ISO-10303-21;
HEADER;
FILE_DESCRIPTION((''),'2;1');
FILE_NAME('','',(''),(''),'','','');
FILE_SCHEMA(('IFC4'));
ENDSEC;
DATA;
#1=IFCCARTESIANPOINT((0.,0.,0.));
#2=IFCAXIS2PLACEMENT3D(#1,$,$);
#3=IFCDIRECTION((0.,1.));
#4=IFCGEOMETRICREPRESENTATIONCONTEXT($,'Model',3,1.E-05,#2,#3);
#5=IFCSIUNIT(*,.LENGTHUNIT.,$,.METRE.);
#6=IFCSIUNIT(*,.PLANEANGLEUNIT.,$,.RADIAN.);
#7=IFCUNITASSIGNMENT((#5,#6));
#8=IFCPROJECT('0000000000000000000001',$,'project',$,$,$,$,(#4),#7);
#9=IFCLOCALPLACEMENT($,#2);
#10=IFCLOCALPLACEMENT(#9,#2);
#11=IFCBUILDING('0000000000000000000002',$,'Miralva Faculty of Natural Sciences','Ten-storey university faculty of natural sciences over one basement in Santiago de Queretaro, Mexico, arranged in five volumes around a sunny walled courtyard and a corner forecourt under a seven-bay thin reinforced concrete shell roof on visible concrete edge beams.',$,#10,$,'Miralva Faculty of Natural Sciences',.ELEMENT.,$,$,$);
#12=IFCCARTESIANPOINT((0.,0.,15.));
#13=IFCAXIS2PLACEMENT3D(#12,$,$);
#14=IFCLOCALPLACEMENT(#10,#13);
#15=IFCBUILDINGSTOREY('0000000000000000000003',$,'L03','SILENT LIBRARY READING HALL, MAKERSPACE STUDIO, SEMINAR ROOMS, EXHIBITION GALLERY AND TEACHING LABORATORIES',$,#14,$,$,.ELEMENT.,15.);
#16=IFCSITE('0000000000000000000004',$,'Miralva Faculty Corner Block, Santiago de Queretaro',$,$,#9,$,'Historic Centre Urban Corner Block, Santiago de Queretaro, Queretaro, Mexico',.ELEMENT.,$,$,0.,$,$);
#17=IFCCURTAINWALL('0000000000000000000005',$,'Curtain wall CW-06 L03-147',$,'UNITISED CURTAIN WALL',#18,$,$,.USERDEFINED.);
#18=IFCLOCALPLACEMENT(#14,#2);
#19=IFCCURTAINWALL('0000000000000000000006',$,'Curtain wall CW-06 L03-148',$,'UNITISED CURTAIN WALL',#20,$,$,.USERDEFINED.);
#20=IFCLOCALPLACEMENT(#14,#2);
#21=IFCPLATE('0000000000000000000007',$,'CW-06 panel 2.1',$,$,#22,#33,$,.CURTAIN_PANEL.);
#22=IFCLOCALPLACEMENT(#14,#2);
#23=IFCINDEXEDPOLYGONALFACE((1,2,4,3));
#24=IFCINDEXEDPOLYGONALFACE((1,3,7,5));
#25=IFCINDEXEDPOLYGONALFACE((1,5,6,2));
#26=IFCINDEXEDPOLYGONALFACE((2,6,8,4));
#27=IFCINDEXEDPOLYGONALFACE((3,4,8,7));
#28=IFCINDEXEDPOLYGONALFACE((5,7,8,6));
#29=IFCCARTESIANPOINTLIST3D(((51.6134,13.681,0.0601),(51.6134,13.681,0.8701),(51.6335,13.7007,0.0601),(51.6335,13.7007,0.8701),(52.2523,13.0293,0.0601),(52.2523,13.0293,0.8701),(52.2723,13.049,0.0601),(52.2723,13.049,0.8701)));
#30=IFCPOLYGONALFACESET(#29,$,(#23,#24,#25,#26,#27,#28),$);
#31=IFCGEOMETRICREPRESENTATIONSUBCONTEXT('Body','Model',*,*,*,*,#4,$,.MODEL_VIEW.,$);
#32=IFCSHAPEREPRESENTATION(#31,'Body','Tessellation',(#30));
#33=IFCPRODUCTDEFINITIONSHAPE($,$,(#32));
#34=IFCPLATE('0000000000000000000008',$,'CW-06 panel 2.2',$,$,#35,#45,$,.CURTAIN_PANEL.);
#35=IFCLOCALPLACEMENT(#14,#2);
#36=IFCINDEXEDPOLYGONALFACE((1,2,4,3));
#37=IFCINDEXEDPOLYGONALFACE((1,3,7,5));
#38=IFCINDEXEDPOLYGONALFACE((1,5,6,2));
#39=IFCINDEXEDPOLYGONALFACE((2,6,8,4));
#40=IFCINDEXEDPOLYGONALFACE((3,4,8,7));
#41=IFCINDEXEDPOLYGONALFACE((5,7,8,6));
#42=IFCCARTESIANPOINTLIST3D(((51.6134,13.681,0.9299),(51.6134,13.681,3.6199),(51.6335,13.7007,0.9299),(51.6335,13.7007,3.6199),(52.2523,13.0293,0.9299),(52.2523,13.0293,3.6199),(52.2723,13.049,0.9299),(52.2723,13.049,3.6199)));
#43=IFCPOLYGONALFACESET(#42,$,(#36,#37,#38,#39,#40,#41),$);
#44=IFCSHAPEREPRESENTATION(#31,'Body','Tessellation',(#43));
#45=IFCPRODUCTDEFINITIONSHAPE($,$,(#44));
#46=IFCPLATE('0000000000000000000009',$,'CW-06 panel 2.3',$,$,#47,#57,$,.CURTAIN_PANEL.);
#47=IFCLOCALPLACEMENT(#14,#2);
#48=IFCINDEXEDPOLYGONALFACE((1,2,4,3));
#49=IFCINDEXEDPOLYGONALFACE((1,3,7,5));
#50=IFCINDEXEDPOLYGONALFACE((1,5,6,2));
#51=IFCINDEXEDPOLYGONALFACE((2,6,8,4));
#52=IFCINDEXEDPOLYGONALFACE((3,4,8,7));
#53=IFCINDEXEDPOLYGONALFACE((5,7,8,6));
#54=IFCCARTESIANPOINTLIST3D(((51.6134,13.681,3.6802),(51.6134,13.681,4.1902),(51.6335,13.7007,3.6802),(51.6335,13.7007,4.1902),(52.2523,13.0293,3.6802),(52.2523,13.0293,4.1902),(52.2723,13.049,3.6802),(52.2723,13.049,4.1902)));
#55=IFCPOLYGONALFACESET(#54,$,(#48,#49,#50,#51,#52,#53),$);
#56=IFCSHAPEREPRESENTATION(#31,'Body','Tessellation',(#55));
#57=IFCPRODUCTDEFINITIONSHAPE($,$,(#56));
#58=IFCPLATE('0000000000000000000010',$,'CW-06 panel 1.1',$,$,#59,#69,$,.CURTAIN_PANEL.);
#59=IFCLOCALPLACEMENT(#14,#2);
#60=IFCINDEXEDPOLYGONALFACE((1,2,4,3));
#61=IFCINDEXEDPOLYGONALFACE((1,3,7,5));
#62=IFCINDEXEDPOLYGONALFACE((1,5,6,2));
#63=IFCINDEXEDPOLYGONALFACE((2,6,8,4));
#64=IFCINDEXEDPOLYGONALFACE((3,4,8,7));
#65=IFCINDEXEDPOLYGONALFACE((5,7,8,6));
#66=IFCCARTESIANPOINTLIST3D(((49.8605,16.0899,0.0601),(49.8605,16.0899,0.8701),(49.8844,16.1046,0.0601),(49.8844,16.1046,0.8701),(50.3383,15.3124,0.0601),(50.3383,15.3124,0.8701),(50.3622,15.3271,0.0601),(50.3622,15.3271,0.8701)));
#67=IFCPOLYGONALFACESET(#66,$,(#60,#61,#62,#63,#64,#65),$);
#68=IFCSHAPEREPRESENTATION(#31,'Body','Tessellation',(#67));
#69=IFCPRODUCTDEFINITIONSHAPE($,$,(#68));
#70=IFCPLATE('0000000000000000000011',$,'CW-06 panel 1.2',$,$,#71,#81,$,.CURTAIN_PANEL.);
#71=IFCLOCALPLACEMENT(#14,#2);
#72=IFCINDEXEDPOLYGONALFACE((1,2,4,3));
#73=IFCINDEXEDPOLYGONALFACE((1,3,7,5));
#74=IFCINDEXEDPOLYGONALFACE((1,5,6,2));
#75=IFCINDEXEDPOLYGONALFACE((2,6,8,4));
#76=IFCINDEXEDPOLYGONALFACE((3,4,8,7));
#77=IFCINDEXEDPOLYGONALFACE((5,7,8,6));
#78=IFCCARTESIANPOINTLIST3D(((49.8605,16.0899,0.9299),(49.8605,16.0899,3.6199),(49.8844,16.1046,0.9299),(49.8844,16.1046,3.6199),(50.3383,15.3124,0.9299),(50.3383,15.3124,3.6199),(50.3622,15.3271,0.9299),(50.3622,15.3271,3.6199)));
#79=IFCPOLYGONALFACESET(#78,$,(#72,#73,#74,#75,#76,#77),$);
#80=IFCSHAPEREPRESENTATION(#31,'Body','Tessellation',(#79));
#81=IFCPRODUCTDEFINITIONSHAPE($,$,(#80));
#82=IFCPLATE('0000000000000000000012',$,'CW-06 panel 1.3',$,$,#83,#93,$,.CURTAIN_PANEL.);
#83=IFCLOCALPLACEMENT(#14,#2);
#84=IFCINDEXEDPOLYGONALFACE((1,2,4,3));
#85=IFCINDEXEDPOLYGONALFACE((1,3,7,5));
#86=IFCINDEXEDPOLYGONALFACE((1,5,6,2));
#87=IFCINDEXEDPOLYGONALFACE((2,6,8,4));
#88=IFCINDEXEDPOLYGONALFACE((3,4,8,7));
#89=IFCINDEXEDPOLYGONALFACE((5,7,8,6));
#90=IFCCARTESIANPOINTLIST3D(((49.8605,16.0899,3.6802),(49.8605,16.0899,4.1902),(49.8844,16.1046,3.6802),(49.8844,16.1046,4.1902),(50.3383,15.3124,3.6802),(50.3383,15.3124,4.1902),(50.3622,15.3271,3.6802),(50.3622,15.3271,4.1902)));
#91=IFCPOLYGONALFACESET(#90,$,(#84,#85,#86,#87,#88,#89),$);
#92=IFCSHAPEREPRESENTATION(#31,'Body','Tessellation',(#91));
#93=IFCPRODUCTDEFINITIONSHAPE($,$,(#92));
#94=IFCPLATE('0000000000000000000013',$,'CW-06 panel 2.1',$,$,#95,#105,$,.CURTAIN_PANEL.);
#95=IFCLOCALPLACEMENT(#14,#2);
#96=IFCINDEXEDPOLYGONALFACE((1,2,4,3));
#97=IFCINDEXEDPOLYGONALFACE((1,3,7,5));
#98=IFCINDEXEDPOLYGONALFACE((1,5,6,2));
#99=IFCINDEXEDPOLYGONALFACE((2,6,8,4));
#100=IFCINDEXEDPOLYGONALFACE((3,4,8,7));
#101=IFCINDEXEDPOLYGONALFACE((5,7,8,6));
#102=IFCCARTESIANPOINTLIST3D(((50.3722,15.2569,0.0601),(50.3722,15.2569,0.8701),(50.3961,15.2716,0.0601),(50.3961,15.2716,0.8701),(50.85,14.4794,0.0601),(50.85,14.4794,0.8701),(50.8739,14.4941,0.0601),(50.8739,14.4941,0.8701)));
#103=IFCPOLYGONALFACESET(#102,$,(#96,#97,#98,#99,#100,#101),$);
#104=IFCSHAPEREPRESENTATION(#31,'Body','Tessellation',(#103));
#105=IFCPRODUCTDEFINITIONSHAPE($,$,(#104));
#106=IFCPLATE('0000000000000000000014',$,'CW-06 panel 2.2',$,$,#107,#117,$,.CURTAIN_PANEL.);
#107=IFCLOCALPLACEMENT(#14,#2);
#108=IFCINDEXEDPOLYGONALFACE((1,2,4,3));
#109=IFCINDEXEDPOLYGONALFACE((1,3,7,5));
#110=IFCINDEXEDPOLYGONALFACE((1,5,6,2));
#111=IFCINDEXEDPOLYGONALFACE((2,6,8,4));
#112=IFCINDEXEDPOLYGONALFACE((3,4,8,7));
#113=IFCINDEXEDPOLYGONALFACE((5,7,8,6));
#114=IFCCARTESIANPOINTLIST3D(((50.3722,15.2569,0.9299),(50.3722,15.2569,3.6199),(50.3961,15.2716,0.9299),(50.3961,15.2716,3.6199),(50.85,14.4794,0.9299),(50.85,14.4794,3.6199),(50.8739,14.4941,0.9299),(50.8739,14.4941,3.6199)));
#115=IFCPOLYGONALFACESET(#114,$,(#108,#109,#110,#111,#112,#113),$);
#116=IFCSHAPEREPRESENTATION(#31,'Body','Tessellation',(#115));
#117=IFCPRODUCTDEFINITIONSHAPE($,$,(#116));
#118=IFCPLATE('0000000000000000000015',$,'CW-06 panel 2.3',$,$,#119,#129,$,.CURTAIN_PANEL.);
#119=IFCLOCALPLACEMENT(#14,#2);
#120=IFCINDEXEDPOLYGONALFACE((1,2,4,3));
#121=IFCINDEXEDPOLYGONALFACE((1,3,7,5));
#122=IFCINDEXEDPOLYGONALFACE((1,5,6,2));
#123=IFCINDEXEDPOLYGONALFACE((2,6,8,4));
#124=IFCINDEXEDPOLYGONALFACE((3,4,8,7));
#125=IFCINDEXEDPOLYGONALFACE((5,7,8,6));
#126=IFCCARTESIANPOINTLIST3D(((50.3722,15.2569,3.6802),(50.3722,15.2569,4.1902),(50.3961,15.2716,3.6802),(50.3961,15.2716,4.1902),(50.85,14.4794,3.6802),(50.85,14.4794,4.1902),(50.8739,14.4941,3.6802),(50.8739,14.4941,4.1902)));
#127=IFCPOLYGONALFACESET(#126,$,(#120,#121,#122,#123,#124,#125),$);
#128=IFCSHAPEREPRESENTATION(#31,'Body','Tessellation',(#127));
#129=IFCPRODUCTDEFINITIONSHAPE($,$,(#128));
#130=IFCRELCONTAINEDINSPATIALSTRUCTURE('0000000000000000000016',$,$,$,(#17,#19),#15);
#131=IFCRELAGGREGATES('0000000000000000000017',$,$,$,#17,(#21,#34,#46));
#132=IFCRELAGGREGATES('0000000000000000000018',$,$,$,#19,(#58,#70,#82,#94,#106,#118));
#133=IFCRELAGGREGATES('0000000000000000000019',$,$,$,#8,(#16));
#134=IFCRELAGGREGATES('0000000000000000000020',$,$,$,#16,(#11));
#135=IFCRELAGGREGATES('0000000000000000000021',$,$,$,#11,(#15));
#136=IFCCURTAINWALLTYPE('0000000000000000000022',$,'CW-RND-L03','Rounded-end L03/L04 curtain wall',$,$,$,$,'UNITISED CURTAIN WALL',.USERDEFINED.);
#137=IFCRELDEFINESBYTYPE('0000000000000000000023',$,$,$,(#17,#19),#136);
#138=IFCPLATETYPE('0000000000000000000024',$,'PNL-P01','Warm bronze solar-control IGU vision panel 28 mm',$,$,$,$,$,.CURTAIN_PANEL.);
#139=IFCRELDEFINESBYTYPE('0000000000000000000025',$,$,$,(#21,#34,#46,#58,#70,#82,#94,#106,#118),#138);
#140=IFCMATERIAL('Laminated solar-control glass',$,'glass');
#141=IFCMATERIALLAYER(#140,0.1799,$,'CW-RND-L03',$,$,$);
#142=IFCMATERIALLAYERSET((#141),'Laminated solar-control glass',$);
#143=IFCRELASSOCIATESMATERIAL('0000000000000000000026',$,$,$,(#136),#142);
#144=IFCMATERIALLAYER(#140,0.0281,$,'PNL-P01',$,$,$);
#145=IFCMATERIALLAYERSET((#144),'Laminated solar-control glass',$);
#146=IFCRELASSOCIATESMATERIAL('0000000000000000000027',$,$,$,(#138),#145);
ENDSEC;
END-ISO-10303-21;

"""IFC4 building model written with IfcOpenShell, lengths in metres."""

from ifc_helpers import new_model, si_unit, direction, frame, origin, origin_2d, place, context, subcontext, project, spatial, rectangle, extrude, material, layer, layer_set, type_object, element, aggregate, save


model = new_model("IFC4")

# Units and contexts
model_context = context("Model", 3, precision=1e-05, world=origin(), true_north=direction((0.0, 1.0)))
body_context = subcontext(model_context, "Body", "Model", "MODEL_VIEW")
ifc_project = project(units=[si_unit("LENGTHUNIT", "METRE"), si_unit("PLANEANGLEUNIT", "RADIAN")], contexts=[model_context])

# Site, building, storey
site_placement = place(None, origin())
site = spatial("IfcSite", under=ifc_project, at=site_placement, Name="Miralva Faculty Corner Block, Santiago de Queretaro", LongName="Historic Centre Urban Corner Block, Santiago de Queretaro, Queretaro, Mexico", CompositionType="ELEMENT", RefElevation=0.0)
building_placement = place(site_placement, origin())
building = spatial("IfcBuilding", under=site, at=building_placement, Name="Miralva Faculty of Natural Sciences", Description="Ten-storey university faculty of natural sciences over one basement in Santiago de Queretaro, Mexico, arranged in five volumes around a sunny walled courtyard and a corner forecourt under a seven-bay thin reinforced concrete shell roof on visible concrete edge beams.", LongName="Miralva Faculty of Natural Sciences", CompositionType="ELEMENT")
storey_placement = place(building_placement, frame((0.0, 0.0, 15.0)))
storey = spatial("IfcBuildingStorey", under=building, at=storey_placement, Name="L03", Description="SILENT LIBRARY READING HALL, MAKERSPACE STUDIO, SEMINAR ROOMS, EXHIBITION GALLERY AND TEACHING LABORATORIES", CompositionType="ELEMENT", Elevation=15.0)

# Shared definitions
ifc_material_1 = material(Name="Laminated solar-control glass", Category="glass")
ifc_layer_1 = layer(ifc_material_1, 0.1799, Name="CW-RND-L03")
ifc_layer_set_1 = layer_set([ifc_layer_1], Name="Laminated solar-control glass")
curtain_wall_type = type_object("IfcCurtainWallType", Name="CW-RND-L03", Description="Rounded-end L03/L04 curtain wall", ElementType="UNITISED CURTAIN WALL", PredefinedType="USERDEFINED", material=ifc_layer_set_1)

# Curtain walls
curtain_wall_1_placement = place(storey_placement, origin())
curtain_wall_1 = element("IfcCurtainWall", 1, at=curtain_wall_1_placement, inside=storey, type_object=curtain_wall_type, Name="Curtain wall CW-06 L03-147", ObjectType="UNITISED CURTAIN WALL", PredefinedType="USERDEFINED")
curtain_wall_2_placement = place(storey_placement, origin())
curtain_wall_2 = element("IfcCurtainWall", 2, at=curtain_wall_2_placement, inside=storey, type_object=curtain_wall_type, Name="Curtain wall CW-06 L03-148", ObjectType="UNITISED CURTAIN WALL", PredefinedType="USERDEFINED")

# Plates
ifc_layer_2 = layer(ifc_material_1, 0.0281, Name="PNL-P01")
ifc_layer_set_2 = layer_set([ifc_layer_2], Name="Laminated solar-control glass")
plate_type = type_object("IfcPlateType", Name="PNL-P01", Description="Warm bronze solar-control IGU vision panel 28 mm", PredefinedType="CURTAIN_PANEL", material=ifc_layer_set_2)
plate_1_placement = place(storey_placement, frame((51.9429, 13.365, 0.0601), z_axis=(0.0, 0.0, 1.0), x_axis=(0.700018, -0.714125, 0.0)))
plate_1 = element("IfcPlate", 3, at=plate_1_placement, type_object=plate_type, Name="CW-06 panel 2.1", PredefinedType="CURTAIN_PANEL", context=body_context, shape_type="SweptSolid", body=[
    extrude(rectangle(XDim=0.9126, YDim=0.0281, at=origin_2d()), origin(), (0.0, 0.0, 1.0), 0.8101),
])
plate_2_placement = place(storey_placement, frame((51.9429, 13.365, 0.9299), z_axis=(0.0, 0.0, 1.0), x_axis=(0.700018, -0.714125, 0.0)))
plate_2 = element("IfcPlate", 4, at=plate_2_placement, type_object=plate_type, Name="CW-06 panel 2.2", PredefinedType="CURTAIN_PANEL", context=body_context, shape_type="SweptSolid", body=[
    extrude(rectangle(XDim=0.9126, YDim=0.0281, at=origin_2d()), origin(), (0.0, 0.0, 1.0), 2.6899),
])
plate_3_placement = place(storey_placement, frame((51.9429, 13.365, 3.6802), z_axis=(0.0, 0.0, 1.0), x_axis=(0.700018, -0.714125, 0.0)))
plate_3 = element("IfcPlate", 5, at=plate_3_placement, type_object=plate_type, Name="CW-06 panel 2.3", PredefinedType="CURTAIN_PANEL", context=body_context, shape_type="SweptSolid", body=[
    extrude(rectangle(XDim=0.9126, YDim=0.0281, at=origin_2d()), origin(), (0.0, 0.0, 1.0), 0.51),
])
aggregate(curtain_wall_1, [plate_1, plate_2, plate_3])
plate_4_placement = place(storey_placement, frame((50.1113, 15.7085, 0.0601), z_axis=(0.0, 0.0, 1.0), x_axis=(0.523551, -0.851995, 0.0)))
plate_4 = element("IfcPlate", 6, at=plate_4_placement, type_object=plate_type, Name="CW-06 panel 1.1", PredefinedType="CURTAIN_PANEL", context=body_context, shape_type="SweptSolid", body=[
    extrude(rectangle(XDim=0.9126, YDim=0.0281, at=origin_2d()), origin(), (0.0, 0.0, 1.0), 0.8101),
])
plate_5_placement = place(storey_placement, frame((50.1113, 15.7085, 0.9299), z_axis=(0.0, 0.0, 1.0), x_axis=(0.523551, -0.851995, 0.0)))
plate_5 = element("IfcPlate", 7, at=plate_5_placement, type_object=plate_type, Name="CW-06 panel 1.2", PredefinedType="CURTAIN_PANEL", context=body_context, shape_type="SweptSolid", body=[
    extrude(rectangle(XDim=0.9126, YDim=0.0281, at=origin_2d()), origin(), (0.0, 0.0, 1.0), 2.6899),
])
plate_6_placement = place(storey_placement, frame((50.1113, 15.7085, 3.6802), z_axis=(0.0, 0.0, 1.0), x_axis=(0.523551, -0.851995, 0.0)))
plate_6 = element("IfcPlate", 8, at=plate_6_placement, type_object=plate_type, Name="CW-06 panel 1.3", PredefinedType="CURTAIN_PANEL", context=body_context, shape_type="SweptSolid", body=[
    extrude(rectangle(XDim=0.9126, YDim=0.0281, at=origin_2d()), origin(), (0.0, 0.0, 1.0), 0.51),
])
plate_7_placement = place(storey_placement, frame((50.623, 14.8755, 0.0601), z_axis=(0.0, 0.0, 1.0), x_axis=(0.523551, -0.851995, 0.0)))
plate_7 = element("IfcPlate", 9, at=plate_7_placement, type_object=plate_type, Name="CW-06 panel 2.1", PredefinedType="CURTAIN_PANEL", context=body_context, shape_type="SweptSolid", body=[
    extrude(rectangle(XDim=0.9126, YDim=0.0281, at=origin_2d()), origin(), (0.0, 0.0, 1.0), 0.8101),
])
plate_8_placement = place(storey_placement, frame((50.623, 14.8755, 0.9299), z_axis=(0.0, 0.0, 1.0), x_axis=(0.523551, -0.851995, 0.0)))
plate_8 = element("IfcPlate", 10, at=plate_8_placement, type_object=plate_type, Name="CW-06 panel 2.2", PredefinedType="CURTAIN_PANEL", context=body_context, shape_type="SweptSolid", body=[
    extrude(rectangle(XDim=0.9126, YDim=0.0281, at=origin_2d()), origin(), (0.0, 0.0, 1.0), 2.6899),
])
plate_9_placement = place(storey_placement, frame((50.623, 14.8755, 3.6802), z_axis=(0.0, 0.0, 1.0), x_axis=(0.523551, -0.851995, 0.0)))
plate_9 = element("IfcPlate", 11, at=plate_9_placement, type_object=plate_type, Name="CW-06 panel 2.3", PredefinedType="CURTAIN_PANEL", context=body_context, shape_type="SweptSolid", body=[
    extrude(rectangle(XDim=0.9126, YDim=0.0281, at=origin_2d()), origin(), (0.0, 0.0, 1.0), 0.51),
])
aggregate(curtain_wall_2, [plate_4, plate_5, plate_6, plate_7, plate_8, plate_9])

save(model, "model.ifc")
